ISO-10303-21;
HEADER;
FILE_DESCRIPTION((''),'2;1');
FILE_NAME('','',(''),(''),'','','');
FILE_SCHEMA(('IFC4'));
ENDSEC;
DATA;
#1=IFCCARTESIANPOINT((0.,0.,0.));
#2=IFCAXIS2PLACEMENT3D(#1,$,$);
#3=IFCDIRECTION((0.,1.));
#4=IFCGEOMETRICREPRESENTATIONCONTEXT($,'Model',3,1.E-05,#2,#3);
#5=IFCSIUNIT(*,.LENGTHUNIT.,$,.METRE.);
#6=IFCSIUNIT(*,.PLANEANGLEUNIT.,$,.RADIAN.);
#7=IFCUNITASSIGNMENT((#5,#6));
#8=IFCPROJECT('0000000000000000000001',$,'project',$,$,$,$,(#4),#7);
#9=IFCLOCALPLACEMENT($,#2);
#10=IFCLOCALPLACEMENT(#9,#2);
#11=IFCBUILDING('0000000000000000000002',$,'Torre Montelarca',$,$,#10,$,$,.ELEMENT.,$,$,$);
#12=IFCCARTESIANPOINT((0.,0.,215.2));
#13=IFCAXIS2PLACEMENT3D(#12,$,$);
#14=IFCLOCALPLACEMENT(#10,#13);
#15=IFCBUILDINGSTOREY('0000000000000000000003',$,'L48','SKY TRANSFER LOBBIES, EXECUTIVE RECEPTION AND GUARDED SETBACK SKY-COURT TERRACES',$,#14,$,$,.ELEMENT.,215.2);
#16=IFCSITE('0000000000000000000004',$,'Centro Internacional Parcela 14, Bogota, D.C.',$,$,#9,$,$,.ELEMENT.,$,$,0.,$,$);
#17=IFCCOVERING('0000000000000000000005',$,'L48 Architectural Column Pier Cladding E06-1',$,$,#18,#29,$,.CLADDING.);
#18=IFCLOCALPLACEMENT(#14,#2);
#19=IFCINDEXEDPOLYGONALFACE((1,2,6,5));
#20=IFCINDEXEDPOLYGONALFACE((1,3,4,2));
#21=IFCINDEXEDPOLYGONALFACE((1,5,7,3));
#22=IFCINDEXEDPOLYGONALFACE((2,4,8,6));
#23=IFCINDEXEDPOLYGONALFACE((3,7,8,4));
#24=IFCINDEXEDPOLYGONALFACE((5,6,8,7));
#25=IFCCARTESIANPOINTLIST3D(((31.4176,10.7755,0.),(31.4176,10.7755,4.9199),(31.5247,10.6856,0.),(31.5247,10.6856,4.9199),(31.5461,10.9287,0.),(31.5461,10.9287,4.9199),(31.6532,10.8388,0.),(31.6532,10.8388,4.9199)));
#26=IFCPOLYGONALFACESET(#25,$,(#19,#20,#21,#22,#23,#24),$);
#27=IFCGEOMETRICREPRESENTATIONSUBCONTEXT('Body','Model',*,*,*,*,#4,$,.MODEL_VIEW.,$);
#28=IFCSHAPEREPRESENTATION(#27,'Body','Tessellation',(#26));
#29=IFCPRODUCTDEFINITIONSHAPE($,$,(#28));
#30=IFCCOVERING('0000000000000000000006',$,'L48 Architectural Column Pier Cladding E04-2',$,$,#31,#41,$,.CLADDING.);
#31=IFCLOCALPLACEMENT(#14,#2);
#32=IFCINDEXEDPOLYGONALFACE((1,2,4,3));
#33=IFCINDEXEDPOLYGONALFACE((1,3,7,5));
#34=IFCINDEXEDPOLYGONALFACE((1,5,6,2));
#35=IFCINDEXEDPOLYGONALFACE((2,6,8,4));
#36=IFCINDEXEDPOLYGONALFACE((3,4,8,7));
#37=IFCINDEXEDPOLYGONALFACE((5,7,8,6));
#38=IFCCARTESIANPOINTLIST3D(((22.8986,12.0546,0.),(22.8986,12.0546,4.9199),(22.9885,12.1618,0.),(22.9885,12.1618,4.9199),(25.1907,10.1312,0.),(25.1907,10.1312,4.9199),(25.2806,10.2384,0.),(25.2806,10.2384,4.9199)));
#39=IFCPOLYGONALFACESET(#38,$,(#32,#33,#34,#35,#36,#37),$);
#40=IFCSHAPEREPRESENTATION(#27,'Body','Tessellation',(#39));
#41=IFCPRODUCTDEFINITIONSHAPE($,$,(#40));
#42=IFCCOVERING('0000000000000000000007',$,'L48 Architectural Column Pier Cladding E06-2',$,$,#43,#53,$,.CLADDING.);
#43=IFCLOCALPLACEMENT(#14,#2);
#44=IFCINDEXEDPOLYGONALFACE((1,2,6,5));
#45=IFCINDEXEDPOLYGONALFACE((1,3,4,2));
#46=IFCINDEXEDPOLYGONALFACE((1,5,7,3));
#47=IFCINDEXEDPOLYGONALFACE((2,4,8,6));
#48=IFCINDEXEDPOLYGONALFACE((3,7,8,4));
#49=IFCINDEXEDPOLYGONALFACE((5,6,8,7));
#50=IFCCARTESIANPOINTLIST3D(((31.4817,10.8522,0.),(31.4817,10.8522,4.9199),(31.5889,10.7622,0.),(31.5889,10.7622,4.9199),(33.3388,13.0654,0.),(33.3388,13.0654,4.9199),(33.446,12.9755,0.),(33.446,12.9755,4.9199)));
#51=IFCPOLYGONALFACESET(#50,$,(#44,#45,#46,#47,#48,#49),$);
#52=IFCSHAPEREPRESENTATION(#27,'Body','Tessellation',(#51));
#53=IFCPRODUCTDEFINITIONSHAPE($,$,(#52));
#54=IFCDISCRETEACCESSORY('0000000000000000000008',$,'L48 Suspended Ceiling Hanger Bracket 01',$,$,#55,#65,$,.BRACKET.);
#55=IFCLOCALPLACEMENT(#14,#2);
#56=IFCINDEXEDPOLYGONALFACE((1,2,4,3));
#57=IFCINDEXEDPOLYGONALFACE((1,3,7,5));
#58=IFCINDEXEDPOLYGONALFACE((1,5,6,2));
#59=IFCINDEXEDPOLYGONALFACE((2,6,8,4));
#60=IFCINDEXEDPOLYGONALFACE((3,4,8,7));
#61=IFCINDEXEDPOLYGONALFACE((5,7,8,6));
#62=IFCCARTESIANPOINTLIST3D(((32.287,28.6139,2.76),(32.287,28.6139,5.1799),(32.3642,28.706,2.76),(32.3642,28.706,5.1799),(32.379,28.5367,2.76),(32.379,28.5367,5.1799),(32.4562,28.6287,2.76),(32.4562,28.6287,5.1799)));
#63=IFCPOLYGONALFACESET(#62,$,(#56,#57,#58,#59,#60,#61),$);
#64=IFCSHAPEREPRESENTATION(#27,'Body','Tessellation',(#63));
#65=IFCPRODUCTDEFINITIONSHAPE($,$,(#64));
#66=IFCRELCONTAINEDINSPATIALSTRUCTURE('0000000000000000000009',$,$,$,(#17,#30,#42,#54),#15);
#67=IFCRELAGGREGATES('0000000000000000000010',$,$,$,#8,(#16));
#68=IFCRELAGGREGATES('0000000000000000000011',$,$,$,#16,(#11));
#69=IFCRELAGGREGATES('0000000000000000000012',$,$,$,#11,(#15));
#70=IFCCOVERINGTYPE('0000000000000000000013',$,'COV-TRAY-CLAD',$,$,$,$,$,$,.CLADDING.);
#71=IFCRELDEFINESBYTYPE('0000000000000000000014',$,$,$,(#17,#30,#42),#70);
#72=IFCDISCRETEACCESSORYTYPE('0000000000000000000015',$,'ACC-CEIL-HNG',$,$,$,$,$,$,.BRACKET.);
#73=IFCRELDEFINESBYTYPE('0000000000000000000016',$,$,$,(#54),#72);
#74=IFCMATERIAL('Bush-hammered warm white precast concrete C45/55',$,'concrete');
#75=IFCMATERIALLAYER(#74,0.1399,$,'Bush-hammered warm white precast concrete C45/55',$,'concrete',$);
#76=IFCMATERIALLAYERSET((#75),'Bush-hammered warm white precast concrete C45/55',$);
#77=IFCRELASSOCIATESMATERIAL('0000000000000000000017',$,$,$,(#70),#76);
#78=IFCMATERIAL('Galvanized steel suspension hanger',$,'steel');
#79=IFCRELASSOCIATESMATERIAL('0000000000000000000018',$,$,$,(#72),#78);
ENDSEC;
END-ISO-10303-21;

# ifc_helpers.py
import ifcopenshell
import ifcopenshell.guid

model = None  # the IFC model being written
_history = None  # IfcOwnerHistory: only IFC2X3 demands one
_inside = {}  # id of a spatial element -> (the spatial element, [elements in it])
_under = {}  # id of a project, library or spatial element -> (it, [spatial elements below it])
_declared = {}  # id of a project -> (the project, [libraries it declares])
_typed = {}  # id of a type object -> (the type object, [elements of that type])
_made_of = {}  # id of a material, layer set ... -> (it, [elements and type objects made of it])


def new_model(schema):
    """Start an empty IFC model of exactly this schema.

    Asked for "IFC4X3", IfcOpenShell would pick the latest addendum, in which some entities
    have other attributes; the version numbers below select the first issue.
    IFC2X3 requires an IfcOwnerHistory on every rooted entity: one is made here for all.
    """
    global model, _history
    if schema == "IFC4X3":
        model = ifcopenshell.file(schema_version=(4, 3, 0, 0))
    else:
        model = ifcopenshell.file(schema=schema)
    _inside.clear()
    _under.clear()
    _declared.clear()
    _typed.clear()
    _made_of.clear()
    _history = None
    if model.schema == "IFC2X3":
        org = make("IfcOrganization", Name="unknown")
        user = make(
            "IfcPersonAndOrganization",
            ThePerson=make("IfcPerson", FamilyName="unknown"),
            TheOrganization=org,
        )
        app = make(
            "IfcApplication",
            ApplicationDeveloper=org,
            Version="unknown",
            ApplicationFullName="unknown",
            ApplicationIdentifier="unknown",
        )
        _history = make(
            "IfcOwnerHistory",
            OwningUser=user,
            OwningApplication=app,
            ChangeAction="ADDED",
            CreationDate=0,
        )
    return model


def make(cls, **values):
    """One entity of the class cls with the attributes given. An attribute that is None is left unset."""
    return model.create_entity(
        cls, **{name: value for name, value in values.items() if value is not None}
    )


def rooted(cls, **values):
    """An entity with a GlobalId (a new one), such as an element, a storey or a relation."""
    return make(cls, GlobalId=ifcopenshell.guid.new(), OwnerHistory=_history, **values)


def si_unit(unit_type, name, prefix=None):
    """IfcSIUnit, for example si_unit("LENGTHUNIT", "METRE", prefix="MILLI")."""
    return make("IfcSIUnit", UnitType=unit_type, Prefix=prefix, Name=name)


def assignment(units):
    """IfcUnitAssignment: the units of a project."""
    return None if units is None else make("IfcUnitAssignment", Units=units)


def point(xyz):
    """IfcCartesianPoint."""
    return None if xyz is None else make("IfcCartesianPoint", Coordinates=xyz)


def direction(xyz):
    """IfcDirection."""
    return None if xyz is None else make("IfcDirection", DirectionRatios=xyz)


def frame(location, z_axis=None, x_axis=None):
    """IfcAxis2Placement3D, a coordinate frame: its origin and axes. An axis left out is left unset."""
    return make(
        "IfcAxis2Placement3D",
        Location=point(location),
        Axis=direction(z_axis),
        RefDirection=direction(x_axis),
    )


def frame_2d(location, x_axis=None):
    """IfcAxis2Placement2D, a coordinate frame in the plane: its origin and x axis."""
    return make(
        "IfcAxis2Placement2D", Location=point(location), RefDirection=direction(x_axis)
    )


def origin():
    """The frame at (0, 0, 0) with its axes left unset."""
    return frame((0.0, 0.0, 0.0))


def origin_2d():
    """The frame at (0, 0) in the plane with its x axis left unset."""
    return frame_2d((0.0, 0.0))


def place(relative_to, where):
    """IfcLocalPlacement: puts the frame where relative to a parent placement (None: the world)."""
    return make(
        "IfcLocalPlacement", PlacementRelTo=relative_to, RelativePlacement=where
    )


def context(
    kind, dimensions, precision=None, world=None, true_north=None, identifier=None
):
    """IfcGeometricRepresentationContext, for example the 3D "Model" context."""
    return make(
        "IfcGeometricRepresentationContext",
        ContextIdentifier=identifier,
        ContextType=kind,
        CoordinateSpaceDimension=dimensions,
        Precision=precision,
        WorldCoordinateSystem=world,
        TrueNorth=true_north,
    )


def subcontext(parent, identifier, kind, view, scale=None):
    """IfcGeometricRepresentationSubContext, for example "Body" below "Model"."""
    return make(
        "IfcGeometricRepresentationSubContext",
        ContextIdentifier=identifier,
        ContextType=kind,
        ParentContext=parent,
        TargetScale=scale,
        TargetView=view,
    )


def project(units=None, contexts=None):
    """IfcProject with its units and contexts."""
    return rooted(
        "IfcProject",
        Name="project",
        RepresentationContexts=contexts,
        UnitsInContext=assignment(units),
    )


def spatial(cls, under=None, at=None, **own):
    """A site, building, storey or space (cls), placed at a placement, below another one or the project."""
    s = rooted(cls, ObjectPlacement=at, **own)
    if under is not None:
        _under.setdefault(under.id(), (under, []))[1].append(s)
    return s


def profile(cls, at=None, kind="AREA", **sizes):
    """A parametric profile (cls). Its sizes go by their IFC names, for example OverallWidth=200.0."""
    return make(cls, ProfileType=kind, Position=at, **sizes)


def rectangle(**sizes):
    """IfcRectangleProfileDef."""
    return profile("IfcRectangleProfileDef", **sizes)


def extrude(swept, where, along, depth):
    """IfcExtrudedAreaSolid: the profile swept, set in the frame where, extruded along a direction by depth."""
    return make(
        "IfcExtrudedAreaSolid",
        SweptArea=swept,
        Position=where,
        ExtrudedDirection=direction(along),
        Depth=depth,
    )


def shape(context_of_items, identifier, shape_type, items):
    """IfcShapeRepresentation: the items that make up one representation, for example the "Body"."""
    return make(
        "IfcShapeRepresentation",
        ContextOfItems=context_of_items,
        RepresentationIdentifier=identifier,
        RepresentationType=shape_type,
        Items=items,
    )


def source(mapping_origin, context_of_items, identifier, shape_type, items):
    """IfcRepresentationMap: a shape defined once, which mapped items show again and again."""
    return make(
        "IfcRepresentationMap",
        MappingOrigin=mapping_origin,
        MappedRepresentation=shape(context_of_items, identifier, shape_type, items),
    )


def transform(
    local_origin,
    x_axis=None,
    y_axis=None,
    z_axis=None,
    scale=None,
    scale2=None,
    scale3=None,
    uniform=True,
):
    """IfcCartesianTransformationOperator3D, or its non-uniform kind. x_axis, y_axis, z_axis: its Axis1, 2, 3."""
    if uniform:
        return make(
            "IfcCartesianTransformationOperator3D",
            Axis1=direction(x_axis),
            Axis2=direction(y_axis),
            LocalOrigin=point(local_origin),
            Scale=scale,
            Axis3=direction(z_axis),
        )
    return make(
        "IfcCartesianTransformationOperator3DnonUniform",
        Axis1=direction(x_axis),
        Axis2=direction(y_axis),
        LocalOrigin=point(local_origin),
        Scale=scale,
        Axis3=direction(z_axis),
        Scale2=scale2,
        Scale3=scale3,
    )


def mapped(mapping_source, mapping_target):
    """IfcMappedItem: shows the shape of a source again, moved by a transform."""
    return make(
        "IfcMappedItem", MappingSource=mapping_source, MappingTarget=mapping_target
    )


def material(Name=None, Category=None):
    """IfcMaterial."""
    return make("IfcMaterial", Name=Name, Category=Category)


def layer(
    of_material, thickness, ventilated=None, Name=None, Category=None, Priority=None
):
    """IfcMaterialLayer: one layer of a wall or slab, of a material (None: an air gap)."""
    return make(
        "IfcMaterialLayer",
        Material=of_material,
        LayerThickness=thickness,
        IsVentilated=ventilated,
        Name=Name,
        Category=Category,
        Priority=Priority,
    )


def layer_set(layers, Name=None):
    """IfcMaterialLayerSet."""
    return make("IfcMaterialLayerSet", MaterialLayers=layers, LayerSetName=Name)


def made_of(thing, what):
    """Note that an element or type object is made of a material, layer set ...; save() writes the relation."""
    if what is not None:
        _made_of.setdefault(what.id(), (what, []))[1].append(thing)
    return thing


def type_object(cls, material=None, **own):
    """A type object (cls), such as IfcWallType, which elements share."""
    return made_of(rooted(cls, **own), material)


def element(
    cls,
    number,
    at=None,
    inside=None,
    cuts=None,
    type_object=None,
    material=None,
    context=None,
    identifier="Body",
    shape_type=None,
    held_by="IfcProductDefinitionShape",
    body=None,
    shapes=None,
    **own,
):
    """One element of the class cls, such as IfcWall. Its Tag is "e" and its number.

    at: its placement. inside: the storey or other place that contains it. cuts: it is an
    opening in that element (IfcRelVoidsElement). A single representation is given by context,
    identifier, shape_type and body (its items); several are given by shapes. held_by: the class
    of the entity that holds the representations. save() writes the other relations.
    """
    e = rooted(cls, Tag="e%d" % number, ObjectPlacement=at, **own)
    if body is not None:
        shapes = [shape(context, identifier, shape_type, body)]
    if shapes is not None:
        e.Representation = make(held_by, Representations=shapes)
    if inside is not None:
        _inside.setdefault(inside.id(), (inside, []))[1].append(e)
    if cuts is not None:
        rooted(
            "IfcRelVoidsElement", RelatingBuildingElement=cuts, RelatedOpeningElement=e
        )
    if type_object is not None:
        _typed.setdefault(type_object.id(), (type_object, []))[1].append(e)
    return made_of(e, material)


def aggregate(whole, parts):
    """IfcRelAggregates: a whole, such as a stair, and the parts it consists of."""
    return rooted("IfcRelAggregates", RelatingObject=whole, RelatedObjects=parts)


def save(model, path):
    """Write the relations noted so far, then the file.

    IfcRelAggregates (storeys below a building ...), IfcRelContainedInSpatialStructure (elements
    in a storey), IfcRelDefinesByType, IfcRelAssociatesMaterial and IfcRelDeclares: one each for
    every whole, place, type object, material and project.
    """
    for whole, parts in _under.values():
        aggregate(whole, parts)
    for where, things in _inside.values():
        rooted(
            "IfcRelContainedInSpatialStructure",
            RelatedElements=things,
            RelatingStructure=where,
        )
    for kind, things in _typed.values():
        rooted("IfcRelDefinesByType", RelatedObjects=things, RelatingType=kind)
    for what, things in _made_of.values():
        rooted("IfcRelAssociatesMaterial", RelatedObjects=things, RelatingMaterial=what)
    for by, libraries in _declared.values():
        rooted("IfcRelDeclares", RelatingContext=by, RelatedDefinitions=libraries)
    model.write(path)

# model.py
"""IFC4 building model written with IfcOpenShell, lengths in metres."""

from ifc_helpers import new_model, si_unit, direction, frame, origin, origin_2d, place, context, subcontext, project, spatial, rectangle, extrude, source, transform, mapped, material, layer, layer_set, type_object, element, save


model = new_model("IFC4")

# Units and contexts
model_context = context("Model", 3, precision=1e-05, world=origin(), true_north=direction((0.0, 1.0)))
body_context = subcontext(model_context, "Body", "Model", "MODEL_VIEW")
ifc_project = project(units=[si_unit("LENGTHUNIT", "METRE"), si_unit("PLANEANGLEUNIT", "RADIAN")], contexts=[model_context])

# Site, building, storey
site_placement = place(None, origin())
site = spatial("IfcSite", under=ifc_project, at=site_placement, Name="Centro Internacional Parcela 14, Bogota, D.C.", CompositionType="ELEMENT", RefElevation=0.0)
building_placement = place(site_placement, origin())
building = spatial("IfcBuilding", under=site, at=building_placement, Name="Torre Montelarca", CompositionType="ELEMENT")
storey_placement = place(building_placement, frame((0.0, 0.0, 215.2)))
storey = spatial("IfcBuildingStorey", under=building, at=storey_placement, Name="L48", Description="SKY TRANSFER LOBBIES, EXECUTIVE RECEPTION AND GUARDED SETBACK SKY-COURT TERRACES", CompositionType="ELEMENT", Elevation=215.2)

# Coverings
ifc_material_1 = material(Name="Bush-hammered warm white precast concrete C45/55", Category="concrete")
ifc_layer_1 = layer(ifc_material_1, 0.1399, Name="Bush-hammered warm white precast concrete C45/55", Category="concrete")
ifc_layer_set_1 = layer_set([ifc_layer_1], Name="Bush-hammered warm white precast concrete C45/55")
covering_type = type_object("IfcCoveringType", Name="COV-TRAY-CLAD", PredefinedType="CLADDING", material=ifc_layer_set_1)
shared_shape_1 = source(origin(), body_context, "Body", "SweptSolid", [
    extrude(rectangle(XDim=0.2, YDim=0.1399, at=origin_2d()), origin(), (0.0, 0.0, 1.0), 4.9199),
])
for number, where, z_axis, x_axis, name in (
    (1, (31.5354, 10.8071, 0.0), (0.0, 0.0, 1.0), (0.642788, 0.766044, 0.0), "L48 Architectural Column Pier Cladding E06-1"),
):
    element("IfcCovering", number, at=place(storey_placement, frame(where, z_axis=z_axis, x_axis=x_axis)), inside=storey, type_object=covering_type, Name=name, PredefinedType="CLADDING", context=body_context, shape_type="MappedRepresentation", body=[
        mapped(shared_shape_1, transform((0.0, 0.0, 0.0), scale=1.0)),
    ])
shared_shape_2 = source(origin(), body_context, "Body", "SweptSolid", [
    extrude(rectangle(XDim=2.9922, YDim=0.1399, at=origin_2d()), origin(), (0.0, 0.0, 1.0), 4.9199),
])
covering_1_placement = place(storey_placement, frame((24.0896, 11.1465, 0.0), z_axis=(0.0, 0.0, 1.0), x_axis=(0.766028, -0.642808, 0.0)))
element("IfcCovering", 2, at=covering_1_placement, inside=storey, type_object=covering_type, Name="L48 Architectural Column Pier Cladding E04-2", PredefinedType="CLADDING", context=body_context, shape_type="MappedRepresentation", body=[
    mapped(shared_shape_2, transform((0.0, 0.0, 0.0), scale=1.0)),
])
shared_shape_3 = source(origin(), body_context, "Body", "SweptSolid", [
    extrude(rectangle(XDim=2.8892, YDim=0.1399, at=origin_2d()), origin(), (0.0, 0.0, 1.0), 4.9199),
])
covering_2_placement = place(storey_placement, frame((32.4639, 11.9138, 0.0), z_axis=(0.0, 0.0, 1.0), x_axis=(0.642788, 0.766044, 0.0)))
element("IfcCovering", 3, at=covering_2_placement, inside=storey, type_object=covering_type, Name="L48 Architectural Column Pier Cladding E06-2", PredefinedType="CLADDING", context=body_context, shape_type="MappedRepresentation", body=[
    mapped(shared_shape_3, transform((0.0, 0.0, 0.0), scale=1.0)),
])

# Discrete accessory
ifc_material_2 = material(Name="Galvanized steel suspension hanger", Category="steel")
discrete_accessory_type = type_object("IfcDiscreteAccessoryType", Name="ACC-CEIL-HNG", PredefinedType="BRACKET", material=ifc_material_2)
shared_shape_4 = source(origin(), body_context, "Body", "SweptSolid", [
    extrude(rectangle(XDim=0.1201, YDim=0.1201, at=origin_2d()), origin(), (0.0, 0.0, 1.0), 2.4199),
])
discrete_accessory_placement = place(storey_placement, frame((32.3716, 28.6213, 2.76), z_axis=(0.0, 0.0, 1.0), x_axis=(-0.766044, 0.642788, 0.0)))
element("IfcDiscreteAccessory", 4, at=discrete_accessory_placement, inside=storey, type_object=discrete_accessory_type, Name="L48 Suspended Ceiling Hanger Bracket 01", PredefinedType="BRACKET", context=body_context, shape_type="MappedRepresentation", body=[
    mapped(shared_shape_4, transform((0.0, 0.0, 0.0), scale=1.0)),
])

save(model, "model.ifc")
